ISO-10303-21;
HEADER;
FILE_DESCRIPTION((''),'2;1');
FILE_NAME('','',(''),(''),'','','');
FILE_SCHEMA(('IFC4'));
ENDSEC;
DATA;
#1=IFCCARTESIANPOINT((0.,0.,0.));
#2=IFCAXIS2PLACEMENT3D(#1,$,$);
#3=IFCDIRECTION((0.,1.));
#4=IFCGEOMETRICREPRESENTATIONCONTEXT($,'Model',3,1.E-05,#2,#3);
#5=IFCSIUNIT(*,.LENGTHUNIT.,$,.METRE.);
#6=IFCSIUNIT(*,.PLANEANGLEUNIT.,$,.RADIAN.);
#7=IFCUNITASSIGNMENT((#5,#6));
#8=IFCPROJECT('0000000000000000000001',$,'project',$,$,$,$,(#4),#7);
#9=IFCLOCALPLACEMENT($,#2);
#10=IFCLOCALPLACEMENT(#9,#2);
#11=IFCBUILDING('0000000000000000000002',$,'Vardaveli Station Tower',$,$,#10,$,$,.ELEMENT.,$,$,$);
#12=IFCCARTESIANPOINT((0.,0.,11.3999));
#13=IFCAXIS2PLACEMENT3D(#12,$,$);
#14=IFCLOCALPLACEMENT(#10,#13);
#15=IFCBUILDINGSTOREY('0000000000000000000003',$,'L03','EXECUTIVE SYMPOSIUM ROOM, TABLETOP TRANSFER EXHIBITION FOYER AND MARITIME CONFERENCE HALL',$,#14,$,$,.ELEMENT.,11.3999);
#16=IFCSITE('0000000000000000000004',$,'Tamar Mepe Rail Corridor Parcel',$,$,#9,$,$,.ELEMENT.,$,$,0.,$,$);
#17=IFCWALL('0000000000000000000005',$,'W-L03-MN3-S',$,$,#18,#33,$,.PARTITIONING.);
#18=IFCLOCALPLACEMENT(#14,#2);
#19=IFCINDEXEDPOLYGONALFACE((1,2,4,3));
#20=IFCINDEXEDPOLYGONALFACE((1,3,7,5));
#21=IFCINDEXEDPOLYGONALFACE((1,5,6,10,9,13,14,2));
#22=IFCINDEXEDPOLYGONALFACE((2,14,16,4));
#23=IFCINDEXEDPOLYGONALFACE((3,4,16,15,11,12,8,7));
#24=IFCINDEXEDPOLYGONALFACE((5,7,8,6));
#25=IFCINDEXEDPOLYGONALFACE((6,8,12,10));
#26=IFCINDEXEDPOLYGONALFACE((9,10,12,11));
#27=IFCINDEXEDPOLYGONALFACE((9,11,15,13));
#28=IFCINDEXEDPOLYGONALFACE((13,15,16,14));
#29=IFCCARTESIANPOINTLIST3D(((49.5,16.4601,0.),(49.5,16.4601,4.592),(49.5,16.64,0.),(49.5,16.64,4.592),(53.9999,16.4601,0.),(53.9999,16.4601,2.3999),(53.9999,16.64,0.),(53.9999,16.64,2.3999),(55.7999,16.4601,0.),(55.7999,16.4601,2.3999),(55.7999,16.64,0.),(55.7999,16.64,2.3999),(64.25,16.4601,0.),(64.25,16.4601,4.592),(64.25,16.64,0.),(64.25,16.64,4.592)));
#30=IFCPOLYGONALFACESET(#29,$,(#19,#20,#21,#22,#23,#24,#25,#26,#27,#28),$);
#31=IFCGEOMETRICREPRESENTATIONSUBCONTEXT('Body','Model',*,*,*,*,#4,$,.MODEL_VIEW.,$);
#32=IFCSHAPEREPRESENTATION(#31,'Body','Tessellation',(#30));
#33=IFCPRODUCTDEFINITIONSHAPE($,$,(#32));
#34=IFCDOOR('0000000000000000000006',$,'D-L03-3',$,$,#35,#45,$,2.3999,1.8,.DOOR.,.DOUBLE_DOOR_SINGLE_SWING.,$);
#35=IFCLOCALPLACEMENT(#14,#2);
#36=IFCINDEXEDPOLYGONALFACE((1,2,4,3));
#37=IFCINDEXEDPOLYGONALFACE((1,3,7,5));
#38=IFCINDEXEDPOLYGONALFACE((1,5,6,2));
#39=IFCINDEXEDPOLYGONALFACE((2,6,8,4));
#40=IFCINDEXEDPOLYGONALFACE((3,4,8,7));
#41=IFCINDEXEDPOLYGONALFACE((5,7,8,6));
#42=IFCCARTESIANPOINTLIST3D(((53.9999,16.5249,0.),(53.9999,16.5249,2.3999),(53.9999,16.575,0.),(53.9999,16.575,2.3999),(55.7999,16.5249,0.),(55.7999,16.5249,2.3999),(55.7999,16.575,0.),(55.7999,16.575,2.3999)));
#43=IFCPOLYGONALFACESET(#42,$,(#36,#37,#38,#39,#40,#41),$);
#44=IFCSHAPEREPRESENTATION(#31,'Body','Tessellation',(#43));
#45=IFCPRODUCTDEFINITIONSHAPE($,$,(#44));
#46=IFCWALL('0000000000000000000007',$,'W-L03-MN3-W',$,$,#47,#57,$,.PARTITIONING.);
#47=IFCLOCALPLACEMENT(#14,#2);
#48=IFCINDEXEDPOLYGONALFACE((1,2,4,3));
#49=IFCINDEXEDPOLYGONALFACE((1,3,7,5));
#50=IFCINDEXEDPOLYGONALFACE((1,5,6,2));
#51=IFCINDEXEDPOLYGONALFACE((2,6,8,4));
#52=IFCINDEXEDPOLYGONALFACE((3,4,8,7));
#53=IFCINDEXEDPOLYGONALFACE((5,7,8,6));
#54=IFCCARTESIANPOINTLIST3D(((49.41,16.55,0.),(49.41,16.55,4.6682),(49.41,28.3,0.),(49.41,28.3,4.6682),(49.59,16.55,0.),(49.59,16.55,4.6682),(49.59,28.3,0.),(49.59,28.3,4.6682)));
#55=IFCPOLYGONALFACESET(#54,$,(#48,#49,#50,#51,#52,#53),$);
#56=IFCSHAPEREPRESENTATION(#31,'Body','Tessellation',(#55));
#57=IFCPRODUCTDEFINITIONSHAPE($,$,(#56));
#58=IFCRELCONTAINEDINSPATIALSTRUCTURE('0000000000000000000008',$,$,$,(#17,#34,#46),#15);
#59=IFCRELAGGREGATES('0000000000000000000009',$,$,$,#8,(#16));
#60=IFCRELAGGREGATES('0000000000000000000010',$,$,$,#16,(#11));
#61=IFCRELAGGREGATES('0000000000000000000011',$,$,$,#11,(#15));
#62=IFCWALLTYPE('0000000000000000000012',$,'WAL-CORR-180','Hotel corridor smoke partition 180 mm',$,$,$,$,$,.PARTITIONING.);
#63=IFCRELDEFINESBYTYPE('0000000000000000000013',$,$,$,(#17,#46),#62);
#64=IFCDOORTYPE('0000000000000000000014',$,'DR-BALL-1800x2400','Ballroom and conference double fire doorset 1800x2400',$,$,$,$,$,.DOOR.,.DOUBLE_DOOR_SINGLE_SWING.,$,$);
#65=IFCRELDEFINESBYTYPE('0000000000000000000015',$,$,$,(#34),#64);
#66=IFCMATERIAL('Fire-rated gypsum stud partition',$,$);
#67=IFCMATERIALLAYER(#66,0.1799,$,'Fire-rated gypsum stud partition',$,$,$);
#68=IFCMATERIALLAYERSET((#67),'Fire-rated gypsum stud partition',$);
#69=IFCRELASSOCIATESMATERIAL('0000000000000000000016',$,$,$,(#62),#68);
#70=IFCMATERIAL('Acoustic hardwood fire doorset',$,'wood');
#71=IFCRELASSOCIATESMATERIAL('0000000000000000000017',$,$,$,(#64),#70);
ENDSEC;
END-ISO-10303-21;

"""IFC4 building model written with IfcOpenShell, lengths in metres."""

from ifc_helpers import new_model, si_unit, direction, frame, frame_2d, origin, place, context, subcontext, project, spatial, rectangle, extrude, source, transform, mapped, material, layer, layer_set, type_object, element, fill, save


model = new_model("IFC4")

# Units and contexts
model_context = context("Model", 3, precision=1e-05, world=origin(), true_north=direction((0.0, 1.0)))
body_context = subcontext(model_context, "Body", "Model", "MODEL_VIEW")
ifc_project = project(units=[si_unit("LENGTHUNIT", "METRE"), si_unit("PLANEANGLEUNIT", "RADIAN")], contexts=[model_context])

# Site, building, storey
site_placement = place(None, origin())
site = spatial("IfcSite", under=ifc_project, at=site_placement, Name="Tamar Mepe Rail Corridor Parcel", CompositionType="ELEMENT", RefElevation=0.0)
building_placement = place(site_placement, origin())
building = spatial("IfcBuilding", under=site, at=building_placement, Name="Vardaveli Station Tower", CompositionType="ELEMENT")
storey_placement = place(building_placement, frame((0.0, 0.0, 11.3999)))
storey = spatial("IfcBuildingStorey", under=building, at=storey_placement, Name="L03", Description="EXECUTIVE SYMPOSIUM ROOM, TABLETOP TRANSFER EXHIBITION FOYER AND MARITIME CONFERENCE HALL", CompositionType="ELEMENT", Elevation=11.3999)

# Wall, opening, door
ifc_material_1 = material(Name="Fire-rated gypsum stud partition")
ifc_layer_1 = layer(ifc_material_1, 0.1799, Name="Fire-rated gypsum stud partition")
ifc_layer_set_1 = layer_set([ifc_layer_1], Name="Fire-rated gypsum stud partition")
wall_type_1 = type_object("IfcWallType", Name="WAL-CORR-180", Description="Hotel corridor smoke partition 180 mm", PredefinedType="PARTITIONING", material=ifc_layer_set_1)
shared_shape_1 = source(origin(), body_context, "Body", "SweptSolid", [
    extrude(rectangle(XDim=14.75, YDim=0.1799, at=frame_2d((7.375, 0.0))), origin(), (0.0, 0.0, 1.0), 4.592),
])
wall_1_placement = place(storey_placement, frame((49.5, 16.55, 0.0), z_axis=(0.0, 0.0, 1.0), x_axis=(1.0, 0.0, 0.0)))
wall_1 = element("IfcWall", 1, at=wall_1_placement, inside=storey, type_object=wall_type_1, Name="W-L03-MN3-S", PredefinedType="PARTITIONING", context=body_context, shape_type="MappedRepresentation", body=[
    mapped(shared_shape_1, transform((0.0, 0.0, 0.0), scale=1.0)),
])
shared_shape_2 = source(origin(), body_context, "Body", "SweptSolid", [
    extrude(rectangle(XDim=1.8, YDim=2.3999, at=frame_2d((0.8999, 1.2))), frame((0.0, 0.1001, 0.0), z_axis=(0.0, -1.0, 0.0), x_axis=(1.0, 0.0, 0.0)), (0.0, 0.0, 1.0), 0.2),
])
opening_1_placement = place(wall_1_placement, frame((4.5, 0.0, 0.0)))
opening_1 = element("IfcOpeningElement", 2, at=opening_1_placement, cuts=wall_1, PredefinedType="OPENING", context=body_context, shape_type="MappedRepresentation", body=[
    mapped(shared_shape_2, transform((0.0, 0.0, 0.0), scale=1.0)),
])
ifc_material_2 = material(Name="Acoustic hardwood fire doorset", Category="wood")
door_type = type_object("IfcDoorType", Name="DR-BALL-1800x2400", Description="Ballroom and conference double fire doorset 1800x2400", OperationType="DOUBLE_DOOR_SINGLE_SWING", PredefinedType="DOOR", material=ifc_material_2)
shared_shape_3 = source(origin(), body_context, "Body", "SweptSolid", [
    extrude(rectangle(XDim=1.8, YDim=2.3999, at=frame_2d((0.8999, 1.2))), frame((0.0, 0.0249, 0.0), z_axis=(0.0, -1.0, 0.0), x_axis=(1.0, 0.0, 0.0)), (0.0, 0.0, 1.0), 0.05),
])
door_placement = place(opening_1_placement, origin())
door = element("IfcDoor", 3, at=door_placement, inside=storey, type_object=door_type, Name="D-L03-3", OperationType="DOUBLE_DOOR_SINGLE_SWING", OverallHeight=2.3999, OverallWidth=1.8, PredefinedType="DOOR", context=body_context, shape_type="MappedRepresentation", body=[
    mapped(shared_shape_3, transform((0.0, 0.0, 0.0), scale=1.0)),
])
fill(opening_1, door)

# Wall
shared_shape_4 = source(origin(), body_context, "Body", "SweptSolid", [
    extrude(rectangle(XDim=11.75, YDim=0.1799, at=frame_2d((5.875, 0.0))), origin(), (0.0, 0.0, 1.0), 4.6682),
])
wall_2_placement = place(storey_placement, frame((49.5, 16.55, 0.0), z_axis=(0.0, 0.0, 1.0), x_axis=(0.0, 1.0, 0.0)))
element("IfcWall", 4, at=wall_2_placement, inside=storey, type_object=wall_type_1, Name="W-L03-MN3-W", PredefinedType="PARTITIONING", context=body_context, shape_type="MappedRepresentation", body=[
    mapped(shared_shape_4, transform((0.0, 0.0, 0.0), scale=1.0)),
])

save(model, "model.ifc")
